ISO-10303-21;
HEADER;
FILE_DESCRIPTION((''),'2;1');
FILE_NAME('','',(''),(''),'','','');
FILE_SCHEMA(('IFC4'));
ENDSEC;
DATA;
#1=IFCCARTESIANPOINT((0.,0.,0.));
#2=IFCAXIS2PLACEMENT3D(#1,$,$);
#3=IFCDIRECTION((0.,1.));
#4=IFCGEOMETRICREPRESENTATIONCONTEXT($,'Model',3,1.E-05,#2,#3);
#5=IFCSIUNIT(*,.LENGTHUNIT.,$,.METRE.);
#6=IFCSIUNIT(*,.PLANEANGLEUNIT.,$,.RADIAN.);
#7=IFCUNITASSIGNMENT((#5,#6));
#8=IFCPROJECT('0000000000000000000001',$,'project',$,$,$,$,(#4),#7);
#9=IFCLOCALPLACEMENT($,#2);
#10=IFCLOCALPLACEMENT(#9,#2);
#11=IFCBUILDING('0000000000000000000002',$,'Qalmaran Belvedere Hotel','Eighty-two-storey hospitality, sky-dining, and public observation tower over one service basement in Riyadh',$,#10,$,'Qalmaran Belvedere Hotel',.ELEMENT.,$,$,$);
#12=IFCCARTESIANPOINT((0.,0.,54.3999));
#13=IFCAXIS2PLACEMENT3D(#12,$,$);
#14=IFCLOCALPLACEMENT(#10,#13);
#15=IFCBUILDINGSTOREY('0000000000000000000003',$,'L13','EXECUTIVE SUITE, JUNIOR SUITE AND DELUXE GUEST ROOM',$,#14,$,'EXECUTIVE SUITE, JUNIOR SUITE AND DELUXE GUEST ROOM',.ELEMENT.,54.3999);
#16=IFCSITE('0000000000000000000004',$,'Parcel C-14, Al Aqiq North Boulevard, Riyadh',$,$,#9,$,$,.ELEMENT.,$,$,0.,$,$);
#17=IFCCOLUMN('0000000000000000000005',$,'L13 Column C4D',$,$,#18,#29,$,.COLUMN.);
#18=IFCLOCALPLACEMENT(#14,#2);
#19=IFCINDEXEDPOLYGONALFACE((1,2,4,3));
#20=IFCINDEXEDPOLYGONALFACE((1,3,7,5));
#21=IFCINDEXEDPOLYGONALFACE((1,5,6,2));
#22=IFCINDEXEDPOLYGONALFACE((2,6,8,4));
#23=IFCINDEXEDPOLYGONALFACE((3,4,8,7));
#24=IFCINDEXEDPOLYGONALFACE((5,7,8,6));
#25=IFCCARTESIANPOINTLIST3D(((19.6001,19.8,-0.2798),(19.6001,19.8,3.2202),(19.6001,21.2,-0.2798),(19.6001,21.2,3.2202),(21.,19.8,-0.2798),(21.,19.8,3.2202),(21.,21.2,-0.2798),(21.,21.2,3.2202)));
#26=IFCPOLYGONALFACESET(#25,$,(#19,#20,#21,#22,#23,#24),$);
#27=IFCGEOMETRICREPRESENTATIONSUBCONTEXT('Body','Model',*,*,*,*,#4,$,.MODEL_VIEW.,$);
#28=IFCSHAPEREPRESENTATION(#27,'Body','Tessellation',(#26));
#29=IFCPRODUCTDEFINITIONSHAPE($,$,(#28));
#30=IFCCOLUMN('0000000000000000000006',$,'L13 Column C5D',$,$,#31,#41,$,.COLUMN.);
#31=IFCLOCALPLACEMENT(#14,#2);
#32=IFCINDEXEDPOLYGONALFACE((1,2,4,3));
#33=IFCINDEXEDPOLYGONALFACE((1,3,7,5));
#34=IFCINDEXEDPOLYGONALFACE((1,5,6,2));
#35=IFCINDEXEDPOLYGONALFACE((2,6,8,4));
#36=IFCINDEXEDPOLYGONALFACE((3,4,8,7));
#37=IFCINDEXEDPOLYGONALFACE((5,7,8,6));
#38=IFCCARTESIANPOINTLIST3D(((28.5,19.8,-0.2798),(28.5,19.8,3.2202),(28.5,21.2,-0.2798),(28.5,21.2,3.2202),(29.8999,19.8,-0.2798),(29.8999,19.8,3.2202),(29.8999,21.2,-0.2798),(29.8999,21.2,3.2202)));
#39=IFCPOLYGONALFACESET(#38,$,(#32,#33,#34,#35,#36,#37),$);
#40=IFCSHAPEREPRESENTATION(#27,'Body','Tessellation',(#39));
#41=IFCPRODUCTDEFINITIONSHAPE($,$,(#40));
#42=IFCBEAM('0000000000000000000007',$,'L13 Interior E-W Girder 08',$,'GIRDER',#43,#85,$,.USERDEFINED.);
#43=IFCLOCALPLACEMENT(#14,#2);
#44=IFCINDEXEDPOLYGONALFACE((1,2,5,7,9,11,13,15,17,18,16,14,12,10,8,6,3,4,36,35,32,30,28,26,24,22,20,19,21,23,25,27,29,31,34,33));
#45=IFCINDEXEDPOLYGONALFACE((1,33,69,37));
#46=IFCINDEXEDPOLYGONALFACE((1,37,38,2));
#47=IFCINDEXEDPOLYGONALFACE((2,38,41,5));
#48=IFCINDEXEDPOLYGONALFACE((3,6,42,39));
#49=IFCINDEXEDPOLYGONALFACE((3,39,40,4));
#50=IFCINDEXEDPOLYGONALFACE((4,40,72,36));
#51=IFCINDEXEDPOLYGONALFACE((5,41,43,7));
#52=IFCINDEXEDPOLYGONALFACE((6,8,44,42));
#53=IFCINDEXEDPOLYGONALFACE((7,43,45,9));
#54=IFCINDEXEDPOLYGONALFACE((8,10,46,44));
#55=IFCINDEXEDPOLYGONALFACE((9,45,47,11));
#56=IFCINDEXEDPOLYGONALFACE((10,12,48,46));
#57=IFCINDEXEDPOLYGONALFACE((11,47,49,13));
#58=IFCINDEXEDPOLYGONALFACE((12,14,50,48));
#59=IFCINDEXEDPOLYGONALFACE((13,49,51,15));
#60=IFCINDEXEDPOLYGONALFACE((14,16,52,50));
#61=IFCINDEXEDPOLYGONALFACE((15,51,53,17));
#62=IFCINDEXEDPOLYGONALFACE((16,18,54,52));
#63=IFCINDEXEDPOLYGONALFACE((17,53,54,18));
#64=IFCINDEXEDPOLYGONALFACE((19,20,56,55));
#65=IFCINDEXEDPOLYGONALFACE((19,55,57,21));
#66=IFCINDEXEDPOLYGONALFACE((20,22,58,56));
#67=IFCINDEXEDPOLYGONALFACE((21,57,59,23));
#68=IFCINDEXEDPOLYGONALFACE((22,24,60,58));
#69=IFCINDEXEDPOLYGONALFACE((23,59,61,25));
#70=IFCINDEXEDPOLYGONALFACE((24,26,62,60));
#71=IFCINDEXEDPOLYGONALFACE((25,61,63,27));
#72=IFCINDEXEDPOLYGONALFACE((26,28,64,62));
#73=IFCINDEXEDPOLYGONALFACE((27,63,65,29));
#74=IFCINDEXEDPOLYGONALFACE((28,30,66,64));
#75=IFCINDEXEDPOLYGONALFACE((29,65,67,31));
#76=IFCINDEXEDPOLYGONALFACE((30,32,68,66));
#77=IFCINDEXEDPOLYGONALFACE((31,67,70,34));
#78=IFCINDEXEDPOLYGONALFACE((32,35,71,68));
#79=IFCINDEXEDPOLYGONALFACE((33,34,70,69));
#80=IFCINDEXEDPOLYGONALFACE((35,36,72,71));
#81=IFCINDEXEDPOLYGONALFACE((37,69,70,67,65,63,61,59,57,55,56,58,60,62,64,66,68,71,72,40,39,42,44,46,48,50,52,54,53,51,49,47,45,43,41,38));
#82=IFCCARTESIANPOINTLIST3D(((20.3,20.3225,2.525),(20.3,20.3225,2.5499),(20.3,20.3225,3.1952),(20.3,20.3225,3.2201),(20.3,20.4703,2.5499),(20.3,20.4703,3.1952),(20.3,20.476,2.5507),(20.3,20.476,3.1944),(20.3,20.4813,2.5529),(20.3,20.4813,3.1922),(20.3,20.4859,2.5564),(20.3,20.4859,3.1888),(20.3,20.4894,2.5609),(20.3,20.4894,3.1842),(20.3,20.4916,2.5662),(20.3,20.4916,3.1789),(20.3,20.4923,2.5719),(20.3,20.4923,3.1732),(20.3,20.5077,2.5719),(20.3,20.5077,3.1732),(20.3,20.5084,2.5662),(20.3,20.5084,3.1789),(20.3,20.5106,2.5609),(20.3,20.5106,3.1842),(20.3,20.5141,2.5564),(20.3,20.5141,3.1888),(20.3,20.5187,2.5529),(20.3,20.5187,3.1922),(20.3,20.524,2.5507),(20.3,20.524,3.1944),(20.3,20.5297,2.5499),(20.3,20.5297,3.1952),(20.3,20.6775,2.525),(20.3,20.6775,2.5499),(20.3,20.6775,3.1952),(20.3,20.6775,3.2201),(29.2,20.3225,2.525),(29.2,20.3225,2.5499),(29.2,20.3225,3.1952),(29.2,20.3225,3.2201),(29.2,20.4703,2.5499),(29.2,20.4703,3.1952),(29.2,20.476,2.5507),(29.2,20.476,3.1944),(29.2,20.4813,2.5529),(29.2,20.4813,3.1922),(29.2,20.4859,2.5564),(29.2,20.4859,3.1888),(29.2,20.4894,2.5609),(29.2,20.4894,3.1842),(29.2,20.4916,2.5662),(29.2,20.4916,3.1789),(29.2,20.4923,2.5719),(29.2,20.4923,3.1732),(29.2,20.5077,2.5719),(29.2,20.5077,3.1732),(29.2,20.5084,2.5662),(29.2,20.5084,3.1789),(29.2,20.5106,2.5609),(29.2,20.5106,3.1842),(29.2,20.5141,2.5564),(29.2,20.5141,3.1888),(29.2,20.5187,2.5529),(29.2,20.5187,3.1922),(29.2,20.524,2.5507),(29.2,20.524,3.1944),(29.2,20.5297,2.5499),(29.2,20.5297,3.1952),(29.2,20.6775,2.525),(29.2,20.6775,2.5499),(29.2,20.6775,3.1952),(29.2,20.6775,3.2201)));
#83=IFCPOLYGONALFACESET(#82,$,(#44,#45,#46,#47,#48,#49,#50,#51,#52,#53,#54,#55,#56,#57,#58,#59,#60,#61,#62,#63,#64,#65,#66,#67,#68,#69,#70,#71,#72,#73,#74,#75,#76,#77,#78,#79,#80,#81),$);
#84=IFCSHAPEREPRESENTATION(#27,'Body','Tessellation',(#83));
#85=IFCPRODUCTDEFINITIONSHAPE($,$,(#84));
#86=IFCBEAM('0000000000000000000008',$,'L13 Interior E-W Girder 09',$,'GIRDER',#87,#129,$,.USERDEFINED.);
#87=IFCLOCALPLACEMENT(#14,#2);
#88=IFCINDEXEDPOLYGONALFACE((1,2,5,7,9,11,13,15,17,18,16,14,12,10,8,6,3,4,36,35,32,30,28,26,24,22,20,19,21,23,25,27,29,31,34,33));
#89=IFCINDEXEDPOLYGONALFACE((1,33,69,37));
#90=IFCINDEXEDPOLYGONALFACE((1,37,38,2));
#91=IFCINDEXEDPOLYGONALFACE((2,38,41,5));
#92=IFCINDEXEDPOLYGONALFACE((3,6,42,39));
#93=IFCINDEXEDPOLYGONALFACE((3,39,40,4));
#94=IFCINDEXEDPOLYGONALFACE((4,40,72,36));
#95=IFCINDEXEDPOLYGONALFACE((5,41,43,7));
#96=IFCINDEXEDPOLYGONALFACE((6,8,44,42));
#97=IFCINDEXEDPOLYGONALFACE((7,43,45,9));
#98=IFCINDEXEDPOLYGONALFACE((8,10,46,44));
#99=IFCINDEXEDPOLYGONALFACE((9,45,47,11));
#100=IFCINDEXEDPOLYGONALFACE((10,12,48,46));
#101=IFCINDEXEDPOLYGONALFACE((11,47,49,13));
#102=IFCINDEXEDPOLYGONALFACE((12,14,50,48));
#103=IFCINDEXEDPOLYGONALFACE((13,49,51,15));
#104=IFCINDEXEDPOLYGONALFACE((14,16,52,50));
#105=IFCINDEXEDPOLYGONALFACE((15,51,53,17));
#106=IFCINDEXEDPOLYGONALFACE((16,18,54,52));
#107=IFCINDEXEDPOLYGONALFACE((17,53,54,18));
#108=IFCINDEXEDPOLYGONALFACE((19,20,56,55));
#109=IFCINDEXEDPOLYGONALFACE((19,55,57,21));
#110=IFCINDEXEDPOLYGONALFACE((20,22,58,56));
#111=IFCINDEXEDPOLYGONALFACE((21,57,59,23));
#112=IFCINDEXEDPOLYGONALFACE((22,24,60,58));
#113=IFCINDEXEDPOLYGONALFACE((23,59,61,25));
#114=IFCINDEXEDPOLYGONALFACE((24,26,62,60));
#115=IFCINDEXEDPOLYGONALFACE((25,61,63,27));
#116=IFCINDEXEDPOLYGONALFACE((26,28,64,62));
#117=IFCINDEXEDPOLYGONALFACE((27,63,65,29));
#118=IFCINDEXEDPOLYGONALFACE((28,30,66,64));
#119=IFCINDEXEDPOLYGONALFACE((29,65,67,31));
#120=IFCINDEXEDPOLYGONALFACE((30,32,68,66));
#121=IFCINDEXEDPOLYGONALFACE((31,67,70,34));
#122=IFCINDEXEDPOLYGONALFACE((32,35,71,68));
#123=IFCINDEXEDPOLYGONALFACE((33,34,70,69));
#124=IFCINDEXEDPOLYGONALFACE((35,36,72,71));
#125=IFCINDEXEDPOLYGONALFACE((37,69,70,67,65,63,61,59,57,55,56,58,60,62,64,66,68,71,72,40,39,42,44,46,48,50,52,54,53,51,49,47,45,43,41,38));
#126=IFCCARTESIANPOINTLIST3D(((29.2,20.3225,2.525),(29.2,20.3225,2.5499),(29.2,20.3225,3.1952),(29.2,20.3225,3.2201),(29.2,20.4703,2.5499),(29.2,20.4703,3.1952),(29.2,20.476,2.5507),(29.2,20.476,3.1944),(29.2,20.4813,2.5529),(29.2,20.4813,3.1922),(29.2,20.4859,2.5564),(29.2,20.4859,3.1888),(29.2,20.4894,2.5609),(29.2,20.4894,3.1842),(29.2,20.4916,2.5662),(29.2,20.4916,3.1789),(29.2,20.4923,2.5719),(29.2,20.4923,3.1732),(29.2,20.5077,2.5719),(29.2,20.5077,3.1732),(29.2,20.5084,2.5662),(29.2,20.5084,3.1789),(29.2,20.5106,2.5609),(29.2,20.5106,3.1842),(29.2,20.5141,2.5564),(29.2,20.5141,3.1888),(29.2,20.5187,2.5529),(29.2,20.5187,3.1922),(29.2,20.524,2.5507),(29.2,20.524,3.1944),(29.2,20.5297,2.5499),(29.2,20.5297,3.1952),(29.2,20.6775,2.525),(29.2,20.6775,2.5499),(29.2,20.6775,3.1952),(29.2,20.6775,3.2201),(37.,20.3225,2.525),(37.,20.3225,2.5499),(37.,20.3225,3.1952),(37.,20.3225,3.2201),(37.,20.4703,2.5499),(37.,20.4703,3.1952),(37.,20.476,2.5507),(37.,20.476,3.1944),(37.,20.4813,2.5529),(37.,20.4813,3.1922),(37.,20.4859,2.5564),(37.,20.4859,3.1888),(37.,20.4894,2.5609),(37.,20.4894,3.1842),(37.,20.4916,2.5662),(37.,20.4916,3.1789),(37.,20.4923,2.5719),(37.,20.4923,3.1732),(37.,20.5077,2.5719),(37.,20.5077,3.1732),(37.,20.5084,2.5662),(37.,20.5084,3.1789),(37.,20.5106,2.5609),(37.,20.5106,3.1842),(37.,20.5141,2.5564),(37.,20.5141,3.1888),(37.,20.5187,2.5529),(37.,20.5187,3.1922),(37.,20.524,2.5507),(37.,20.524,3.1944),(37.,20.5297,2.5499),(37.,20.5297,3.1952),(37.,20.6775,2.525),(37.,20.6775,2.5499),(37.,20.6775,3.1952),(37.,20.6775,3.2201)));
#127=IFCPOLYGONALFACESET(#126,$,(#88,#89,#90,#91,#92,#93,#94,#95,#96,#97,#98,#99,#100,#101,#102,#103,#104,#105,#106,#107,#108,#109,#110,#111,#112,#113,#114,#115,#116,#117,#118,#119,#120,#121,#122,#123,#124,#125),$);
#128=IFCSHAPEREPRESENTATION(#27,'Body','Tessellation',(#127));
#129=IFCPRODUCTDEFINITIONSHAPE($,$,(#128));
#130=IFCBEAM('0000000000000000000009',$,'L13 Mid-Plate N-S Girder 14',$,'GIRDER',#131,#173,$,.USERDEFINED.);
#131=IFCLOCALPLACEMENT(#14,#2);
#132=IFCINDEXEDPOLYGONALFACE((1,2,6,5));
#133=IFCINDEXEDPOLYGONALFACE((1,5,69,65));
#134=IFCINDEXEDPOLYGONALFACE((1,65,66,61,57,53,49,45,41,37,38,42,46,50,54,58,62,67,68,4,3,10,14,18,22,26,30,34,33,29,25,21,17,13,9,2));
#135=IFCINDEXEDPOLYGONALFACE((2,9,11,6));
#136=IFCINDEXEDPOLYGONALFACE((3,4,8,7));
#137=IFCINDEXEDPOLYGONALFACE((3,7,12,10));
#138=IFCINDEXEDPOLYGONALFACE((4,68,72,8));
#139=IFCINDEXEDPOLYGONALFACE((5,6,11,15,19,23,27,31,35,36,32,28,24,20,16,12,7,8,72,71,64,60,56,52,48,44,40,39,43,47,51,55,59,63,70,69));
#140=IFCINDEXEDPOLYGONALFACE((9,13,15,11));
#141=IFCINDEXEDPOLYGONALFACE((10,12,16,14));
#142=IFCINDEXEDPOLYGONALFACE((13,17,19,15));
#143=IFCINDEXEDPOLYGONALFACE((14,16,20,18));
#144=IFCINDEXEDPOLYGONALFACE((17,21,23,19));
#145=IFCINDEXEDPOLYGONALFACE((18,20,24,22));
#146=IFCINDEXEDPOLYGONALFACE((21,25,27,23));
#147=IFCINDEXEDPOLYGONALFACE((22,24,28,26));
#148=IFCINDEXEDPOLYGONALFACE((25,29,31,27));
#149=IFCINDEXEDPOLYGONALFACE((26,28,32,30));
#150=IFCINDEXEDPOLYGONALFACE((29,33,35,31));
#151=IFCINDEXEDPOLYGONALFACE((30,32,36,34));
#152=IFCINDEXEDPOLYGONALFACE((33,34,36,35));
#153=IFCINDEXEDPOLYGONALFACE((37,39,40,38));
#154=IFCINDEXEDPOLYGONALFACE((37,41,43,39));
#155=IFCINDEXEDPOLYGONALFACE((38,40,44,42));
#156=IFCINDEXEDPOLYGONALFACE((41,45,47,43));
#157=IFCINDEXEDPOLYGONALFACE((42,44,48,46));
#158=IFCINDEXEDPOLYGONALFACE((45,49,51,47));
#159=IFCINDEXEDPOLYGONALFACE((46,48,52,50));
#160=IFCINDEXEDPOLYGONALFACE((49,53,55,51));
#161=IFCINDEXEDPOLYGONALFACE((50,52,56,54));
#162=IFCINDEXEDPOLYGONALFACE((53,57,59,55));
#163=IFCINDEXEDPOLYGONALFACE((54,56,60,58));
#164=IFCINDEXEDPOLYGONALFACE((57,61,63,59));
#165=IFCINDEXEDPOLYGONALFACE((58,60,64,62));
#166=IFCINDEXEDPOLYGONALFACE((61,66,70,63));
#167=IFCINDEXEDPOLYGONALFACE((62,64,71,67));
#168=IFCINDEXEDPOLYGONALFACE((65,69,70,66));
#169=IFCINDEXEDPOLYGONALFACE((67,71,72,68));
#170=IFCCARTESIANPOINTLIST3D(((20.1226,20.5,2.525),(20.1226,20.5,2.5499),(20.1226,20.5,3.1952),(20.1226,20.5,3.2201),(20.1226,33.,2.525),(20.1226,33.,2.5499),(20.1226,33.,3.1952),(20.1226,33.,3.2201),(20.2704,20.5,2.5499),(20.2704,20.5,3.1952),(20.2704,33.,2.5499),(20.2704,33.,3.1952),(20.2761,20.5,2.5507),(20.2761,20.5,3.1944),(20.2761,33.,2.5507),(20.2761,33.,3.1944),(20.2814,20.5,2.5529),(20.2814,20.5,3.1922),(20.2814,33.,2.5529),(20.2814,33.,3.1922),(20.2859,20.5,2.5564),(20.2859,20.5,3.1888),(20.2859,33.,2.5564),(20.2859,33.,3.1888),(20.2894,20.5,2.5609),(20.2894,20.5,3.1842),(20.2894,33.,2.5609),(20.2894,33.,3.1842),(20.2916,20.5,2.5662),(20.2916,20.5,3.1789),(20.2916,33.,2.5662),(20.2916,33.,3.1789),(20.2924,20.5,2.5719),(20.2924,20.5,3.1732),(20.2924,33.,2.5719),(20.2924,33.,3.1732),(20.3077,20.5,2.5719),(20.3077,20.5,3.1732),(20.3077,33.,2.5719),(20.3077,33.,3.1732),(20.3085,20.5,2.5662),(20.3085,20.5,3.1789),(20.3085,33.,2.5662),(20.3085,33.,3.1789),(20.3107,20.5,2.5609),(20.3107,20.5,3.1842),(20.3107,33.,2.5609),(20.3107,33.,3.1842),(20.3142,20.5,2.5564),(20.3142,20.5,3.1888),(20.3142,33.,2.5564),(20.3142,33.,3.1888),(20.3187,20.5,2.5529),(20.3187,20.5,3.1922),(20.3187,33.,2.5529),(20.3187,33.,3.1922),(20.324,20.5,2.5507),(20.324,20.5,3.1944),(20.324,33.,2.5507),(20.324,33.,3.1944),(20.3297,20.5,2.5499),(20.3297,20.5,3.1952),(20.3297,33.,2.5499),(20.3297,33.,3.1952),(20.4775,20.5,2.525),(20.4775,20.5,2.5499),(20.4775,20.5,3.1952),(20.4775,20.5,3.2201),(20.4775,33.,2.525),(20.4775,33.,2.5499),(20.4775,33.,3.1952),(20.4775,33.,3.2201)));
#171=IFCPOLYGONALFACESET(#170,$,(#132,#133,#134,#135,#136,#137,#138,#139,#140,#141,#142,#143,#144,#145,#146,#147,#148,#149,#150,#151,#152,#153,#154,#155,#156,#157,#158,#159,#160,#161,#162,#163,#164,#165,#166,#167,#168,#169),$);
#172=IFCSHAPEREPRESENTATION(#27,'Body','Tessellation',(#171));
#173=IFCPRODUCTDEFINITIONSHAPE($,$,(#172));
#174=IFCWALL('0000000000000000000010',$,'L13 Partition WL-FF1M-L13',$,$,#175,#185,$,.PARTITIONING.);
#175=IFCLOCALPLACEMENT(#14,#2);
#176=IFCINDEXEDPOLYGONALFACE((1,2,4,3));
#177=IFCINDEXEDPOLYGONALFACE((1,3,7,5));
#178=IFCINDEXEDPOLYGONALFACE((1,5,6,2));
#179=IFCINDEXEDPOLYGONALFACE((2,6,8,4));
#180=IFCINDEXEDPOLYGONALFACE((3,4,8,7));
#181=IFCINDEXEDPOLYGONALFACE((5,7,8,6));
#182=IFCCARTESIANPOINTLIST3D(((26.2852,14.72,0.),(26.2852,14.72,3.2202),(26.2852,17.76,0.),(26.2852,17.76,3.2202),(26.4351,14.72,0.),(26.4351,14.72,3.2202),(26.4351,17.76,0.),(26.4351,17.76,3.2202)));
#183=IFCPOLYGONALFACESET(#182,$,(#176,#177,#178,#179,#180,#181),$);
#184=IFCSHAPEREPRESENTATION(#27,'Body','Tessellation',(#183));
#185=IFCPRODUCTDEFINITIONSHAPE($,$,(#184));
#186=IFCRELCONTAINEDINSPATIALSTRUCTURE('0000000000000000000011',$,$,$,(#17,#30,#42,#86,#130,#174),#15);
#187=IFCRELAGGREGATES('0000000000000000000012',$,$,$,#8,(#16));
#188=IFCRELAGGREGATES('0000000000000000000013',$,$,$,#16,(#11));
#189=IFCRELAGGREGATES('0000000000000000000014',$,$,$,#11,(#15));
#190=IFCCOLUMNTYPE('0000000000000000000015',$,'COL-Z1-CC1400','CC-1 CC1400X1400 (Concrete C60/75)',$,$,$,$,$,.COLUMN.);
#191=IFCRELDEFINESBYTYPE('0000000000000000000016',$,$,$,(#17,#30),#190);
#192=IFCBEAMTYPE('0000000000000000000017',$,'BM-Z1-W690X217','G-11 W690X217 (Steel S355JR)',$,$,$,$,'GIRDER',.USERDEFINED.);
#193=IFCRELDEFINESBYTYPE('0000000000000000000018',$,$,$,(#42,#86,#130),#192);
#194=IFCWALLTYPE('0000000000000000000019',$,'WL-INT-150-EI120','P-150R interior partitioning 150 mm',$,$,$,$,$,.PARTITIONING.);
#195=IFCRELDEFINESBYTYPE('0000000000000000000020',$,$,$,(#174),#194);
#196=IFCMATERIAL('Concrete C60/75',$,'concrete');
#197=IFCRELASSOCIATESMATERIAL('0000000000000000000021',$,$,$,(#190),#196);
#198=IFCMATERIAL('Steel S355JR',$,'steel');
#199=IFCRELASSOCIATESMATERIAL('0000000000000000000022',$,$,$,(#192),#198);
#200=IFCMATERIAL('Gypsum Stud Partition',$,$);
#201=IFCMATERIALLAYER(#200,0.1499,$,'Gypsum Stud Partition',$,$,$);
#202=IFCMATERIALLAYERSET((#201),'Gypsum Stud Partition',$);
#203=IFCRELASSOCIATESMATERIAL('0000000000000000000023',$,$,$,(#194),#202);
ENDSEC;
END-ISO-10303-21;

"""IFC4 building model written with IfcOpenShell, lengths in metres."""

from ifc_helpers import new_model, si_unit, direction, frame, frame_2d, origin, origin_2d, place, context, subcontext, project, spatial, rectangle, i_section, extrude, material, layer, layer_set, material_profile, profile_set, type_object, element, save


model = new_model("IFC4")

# Units and contexts
model_context = context("Model", 3, precision=1e-05, world=origin(), true_north=direction((0.0, 1.0)))
body_context = subcontext(model_context, "Body", "Model", "MODEL_VIEW")
ifc_project = project(units=[si_unit("LENGTHUNIT", "METRE"), si_unit("PLANEANGLEUNIT", "RADIAN")], contexts=[model_context])

# Site, building, storey
site_placement = place(None, origin())
site = spatial("IfcSite", under=ifc_project, at=site_placement, Name="Parcel C-14, Al Aqiq North Boulevard, Riyadh", CompositionType="ELEMENT", RefElevation=0.0)
building_placement = place(site_placement, origin())
building = spatial("IfcBuilding", under=site, at=building_placement, Name="Qalmaran Belvedere Hotel", Description="Eighty-two-storey hospitality, sky-dining, and public observation tower over one service basement in Riyadh", LongName="Qalmaran Belvedere Hotel", CompositionType="ELEMENT")
storey_placement = place(building_placement, frame((0.0, 0.0, 54.3999)))
storey = spatial("IfcBuildingStorey", under=building, at=storey_placement, Name="L13", Description="EXECUTIVE SUITE, JUNIOR SUITE AND DELUXE GUEST ROOM", LongName="EXECUTIVE SUITE, JUNIOR SUITE AND DELUXE GUEST ROOM", CompositionType="ELEMENT", Elevation=54.3999)

# Columns
ifc_material_1 = material(Name="Concrete C60/75", Category="concrete")
ifc_material_profile_1 = material_profile(ifc_material_1, rectangle(XDim=1.3999, YDim=1.3999, at=origin_2d()), Name="CC1400X1400")
ifc_profile_set_1 = profile_set([ifc_material_profile_1], Name="Concrete C60/75")
column_type = type_object("IfcColumnType", Name="COL-Z1-CC1400", Description="CC-1 CC1400X1400 (Concrete C60/75)", PredefinedType="COLUMN", material=ifc_profile_set_1)
for number, where, z_axis, x_axis, name in (
    (1, (20.3, 20.5, -0.2798), (0.0, 0.0, 1.0), (1.0, 0.0, 0.0), "L13 Column C4D"),
    (2, (29.2, 20.5, -0.2798), (0.0, 0.0, 1.0), (1.0, 0.0, 0.0), "L13 Column C5D"),
):
    element("IfcColumn", number, at=place(storey_placement, frame(where, z_axis=z_axis, x_axis=x_axis)), inside=storey, type_object=column_type, Name=name, PredefinedType="COLUMN", context=body_context, shape_type="SweptSolid", body=[
        extrude(rectangle(XDim=1.3999, YDim=1.3999, at=origin_2d()), origin(), (0.0, 0.0, 1.0), 3.5),
    ])

# Beams
ifc_material_2 = material(Name="Steel S355JR", Category="steel")
ifc_material_profile_2 = material_profile(ifc_material_2, i_section(OverallWidth=0.355, OverallDepth=0.6951, WebThickness=0.0154, FlangeThickness=0.0249, FilletRadius=0.022, at=origin_2d()), Name="W690X217")
ifc_profile_set_2 = profile_set([ifc_material_profile_2], Name="Steel S355JR")
beam_type = type_object("IfcBeamType", Name="BM-Z1-W690X217", Description="G-11 W690X217 (Steel S355JR)", ElementType="GIRDER", PredefinedType="USERDEFINED", material=ifc_profile_set_2)
beam_1_placement = place(storey_placement, frame((20.3, 20.5, 2.8726), z_axis=(1.0, 0.0, 0.0), x_axis=(0.0, 1.0, 0.0)))
element("IfcBeam", 3, at=beam_1_placement, inside=storey, type_object=beam_type, Name="L13 Interior E-W Girder 08", ObjectType="GIRDER", PredefinedType="USERDEFINED", context=body_context, shape_type="SweptSolid", body=[
    extrude(i_section(OverallWidth=0.355, OverallDepth=0.6951, WebThickness=0.0154, FlangeThickness=0.0249, FilletRadius=0.022, at=origin_2d()), origin(), (0.0, 0.0, 1.0), 8.8999),
])
beam_2_placement = place(storey_placement, frame((29.2, 20.5, 2.8726), z_axis=(1.0, 0.0, 0.0), x_axis=(0.0, 1.0, 0.0)))
element("IfcBeam", 4, at=beam_2_placement, inside=storey, type_object=beam_type, Name="L13 Interior E-W Girder 09", ObjectType="GIRDER", PredefinedType="USERDEFINED", context=body_context, shape_type="SweptSolid", body=[
    extrude(i_section(OverallWidth=0.355, OverallDepth=0.6951, WebThickness=0.0154, FlangeThickness=0.0249, FilletRadius=0.022, at=origin_2d()), origin(), (0.0, 0.0, 1.0), 7.8),
])
beam_3_placement = place(storey_placement, frame((20.3, 20.5, 2.8726), z_axis=(0.0, 1.0, 0.0), x_axis=(-1.0, 0.0, 0.0)))
element("IfcBeam", 5, at=beam_3_placement, inside=storey, type_object=beam_type, Name="L13 Mid-Plate N-S Girder 14", ObjectType="GIRDER", PredefinedType="USERDEFINED", context=body_context, shape_type="SweptSolid", body=[
    extrude(i_section(OverallWidth=0.355, OverallDepth=0.6951, WebThickness=0.0154, FlangeThickness=0.0249, FilletRadius=0.022, at=origin_2d()), origin(), (0.0, 0.0, 1.0), 12.5),
])

# Wall
ifc_material_3 = material(Name="Gypsum Stud Partition")
ifc_layer_1 = layer(ifc_material_3, 0.1499, Name="Gypsum Stud Partition")
ifc_layer_set_1 = layer_set([ifc_layer_1], Name="Gypsum Stud Partition")
wall_type_1 = type_object("IfcWallType", Name="WL-INT-150-EI120", Description="P-150R interior partitioning 150 mm", PredefinedType="PARTITIONING", material=ifc_layer_set_1)
wall_1_placement = place(storey_placement, frame((26.3601, 14.72, 0.0), z_axis=(0.0, 0.0, 1.0), x_axis=(0.0, 1.0, 0.0)))
element("IfcWall", 6, at=wall_1_placement, inside=storey, type_object=wall_type_1, Name="L13 Partition WL-FF1M-L13", PredefinedType="PARTITIONING", context=body_context, shape_type="SweptSolid", body=[
    extrude(rectangle(XDim=3.04, YDim=0.1499, at=frame_2d((1.52, 0.0))), origin(), (0.0, 0.0, 1.0), 3.2202),
])

save(model, "model.ifc")
